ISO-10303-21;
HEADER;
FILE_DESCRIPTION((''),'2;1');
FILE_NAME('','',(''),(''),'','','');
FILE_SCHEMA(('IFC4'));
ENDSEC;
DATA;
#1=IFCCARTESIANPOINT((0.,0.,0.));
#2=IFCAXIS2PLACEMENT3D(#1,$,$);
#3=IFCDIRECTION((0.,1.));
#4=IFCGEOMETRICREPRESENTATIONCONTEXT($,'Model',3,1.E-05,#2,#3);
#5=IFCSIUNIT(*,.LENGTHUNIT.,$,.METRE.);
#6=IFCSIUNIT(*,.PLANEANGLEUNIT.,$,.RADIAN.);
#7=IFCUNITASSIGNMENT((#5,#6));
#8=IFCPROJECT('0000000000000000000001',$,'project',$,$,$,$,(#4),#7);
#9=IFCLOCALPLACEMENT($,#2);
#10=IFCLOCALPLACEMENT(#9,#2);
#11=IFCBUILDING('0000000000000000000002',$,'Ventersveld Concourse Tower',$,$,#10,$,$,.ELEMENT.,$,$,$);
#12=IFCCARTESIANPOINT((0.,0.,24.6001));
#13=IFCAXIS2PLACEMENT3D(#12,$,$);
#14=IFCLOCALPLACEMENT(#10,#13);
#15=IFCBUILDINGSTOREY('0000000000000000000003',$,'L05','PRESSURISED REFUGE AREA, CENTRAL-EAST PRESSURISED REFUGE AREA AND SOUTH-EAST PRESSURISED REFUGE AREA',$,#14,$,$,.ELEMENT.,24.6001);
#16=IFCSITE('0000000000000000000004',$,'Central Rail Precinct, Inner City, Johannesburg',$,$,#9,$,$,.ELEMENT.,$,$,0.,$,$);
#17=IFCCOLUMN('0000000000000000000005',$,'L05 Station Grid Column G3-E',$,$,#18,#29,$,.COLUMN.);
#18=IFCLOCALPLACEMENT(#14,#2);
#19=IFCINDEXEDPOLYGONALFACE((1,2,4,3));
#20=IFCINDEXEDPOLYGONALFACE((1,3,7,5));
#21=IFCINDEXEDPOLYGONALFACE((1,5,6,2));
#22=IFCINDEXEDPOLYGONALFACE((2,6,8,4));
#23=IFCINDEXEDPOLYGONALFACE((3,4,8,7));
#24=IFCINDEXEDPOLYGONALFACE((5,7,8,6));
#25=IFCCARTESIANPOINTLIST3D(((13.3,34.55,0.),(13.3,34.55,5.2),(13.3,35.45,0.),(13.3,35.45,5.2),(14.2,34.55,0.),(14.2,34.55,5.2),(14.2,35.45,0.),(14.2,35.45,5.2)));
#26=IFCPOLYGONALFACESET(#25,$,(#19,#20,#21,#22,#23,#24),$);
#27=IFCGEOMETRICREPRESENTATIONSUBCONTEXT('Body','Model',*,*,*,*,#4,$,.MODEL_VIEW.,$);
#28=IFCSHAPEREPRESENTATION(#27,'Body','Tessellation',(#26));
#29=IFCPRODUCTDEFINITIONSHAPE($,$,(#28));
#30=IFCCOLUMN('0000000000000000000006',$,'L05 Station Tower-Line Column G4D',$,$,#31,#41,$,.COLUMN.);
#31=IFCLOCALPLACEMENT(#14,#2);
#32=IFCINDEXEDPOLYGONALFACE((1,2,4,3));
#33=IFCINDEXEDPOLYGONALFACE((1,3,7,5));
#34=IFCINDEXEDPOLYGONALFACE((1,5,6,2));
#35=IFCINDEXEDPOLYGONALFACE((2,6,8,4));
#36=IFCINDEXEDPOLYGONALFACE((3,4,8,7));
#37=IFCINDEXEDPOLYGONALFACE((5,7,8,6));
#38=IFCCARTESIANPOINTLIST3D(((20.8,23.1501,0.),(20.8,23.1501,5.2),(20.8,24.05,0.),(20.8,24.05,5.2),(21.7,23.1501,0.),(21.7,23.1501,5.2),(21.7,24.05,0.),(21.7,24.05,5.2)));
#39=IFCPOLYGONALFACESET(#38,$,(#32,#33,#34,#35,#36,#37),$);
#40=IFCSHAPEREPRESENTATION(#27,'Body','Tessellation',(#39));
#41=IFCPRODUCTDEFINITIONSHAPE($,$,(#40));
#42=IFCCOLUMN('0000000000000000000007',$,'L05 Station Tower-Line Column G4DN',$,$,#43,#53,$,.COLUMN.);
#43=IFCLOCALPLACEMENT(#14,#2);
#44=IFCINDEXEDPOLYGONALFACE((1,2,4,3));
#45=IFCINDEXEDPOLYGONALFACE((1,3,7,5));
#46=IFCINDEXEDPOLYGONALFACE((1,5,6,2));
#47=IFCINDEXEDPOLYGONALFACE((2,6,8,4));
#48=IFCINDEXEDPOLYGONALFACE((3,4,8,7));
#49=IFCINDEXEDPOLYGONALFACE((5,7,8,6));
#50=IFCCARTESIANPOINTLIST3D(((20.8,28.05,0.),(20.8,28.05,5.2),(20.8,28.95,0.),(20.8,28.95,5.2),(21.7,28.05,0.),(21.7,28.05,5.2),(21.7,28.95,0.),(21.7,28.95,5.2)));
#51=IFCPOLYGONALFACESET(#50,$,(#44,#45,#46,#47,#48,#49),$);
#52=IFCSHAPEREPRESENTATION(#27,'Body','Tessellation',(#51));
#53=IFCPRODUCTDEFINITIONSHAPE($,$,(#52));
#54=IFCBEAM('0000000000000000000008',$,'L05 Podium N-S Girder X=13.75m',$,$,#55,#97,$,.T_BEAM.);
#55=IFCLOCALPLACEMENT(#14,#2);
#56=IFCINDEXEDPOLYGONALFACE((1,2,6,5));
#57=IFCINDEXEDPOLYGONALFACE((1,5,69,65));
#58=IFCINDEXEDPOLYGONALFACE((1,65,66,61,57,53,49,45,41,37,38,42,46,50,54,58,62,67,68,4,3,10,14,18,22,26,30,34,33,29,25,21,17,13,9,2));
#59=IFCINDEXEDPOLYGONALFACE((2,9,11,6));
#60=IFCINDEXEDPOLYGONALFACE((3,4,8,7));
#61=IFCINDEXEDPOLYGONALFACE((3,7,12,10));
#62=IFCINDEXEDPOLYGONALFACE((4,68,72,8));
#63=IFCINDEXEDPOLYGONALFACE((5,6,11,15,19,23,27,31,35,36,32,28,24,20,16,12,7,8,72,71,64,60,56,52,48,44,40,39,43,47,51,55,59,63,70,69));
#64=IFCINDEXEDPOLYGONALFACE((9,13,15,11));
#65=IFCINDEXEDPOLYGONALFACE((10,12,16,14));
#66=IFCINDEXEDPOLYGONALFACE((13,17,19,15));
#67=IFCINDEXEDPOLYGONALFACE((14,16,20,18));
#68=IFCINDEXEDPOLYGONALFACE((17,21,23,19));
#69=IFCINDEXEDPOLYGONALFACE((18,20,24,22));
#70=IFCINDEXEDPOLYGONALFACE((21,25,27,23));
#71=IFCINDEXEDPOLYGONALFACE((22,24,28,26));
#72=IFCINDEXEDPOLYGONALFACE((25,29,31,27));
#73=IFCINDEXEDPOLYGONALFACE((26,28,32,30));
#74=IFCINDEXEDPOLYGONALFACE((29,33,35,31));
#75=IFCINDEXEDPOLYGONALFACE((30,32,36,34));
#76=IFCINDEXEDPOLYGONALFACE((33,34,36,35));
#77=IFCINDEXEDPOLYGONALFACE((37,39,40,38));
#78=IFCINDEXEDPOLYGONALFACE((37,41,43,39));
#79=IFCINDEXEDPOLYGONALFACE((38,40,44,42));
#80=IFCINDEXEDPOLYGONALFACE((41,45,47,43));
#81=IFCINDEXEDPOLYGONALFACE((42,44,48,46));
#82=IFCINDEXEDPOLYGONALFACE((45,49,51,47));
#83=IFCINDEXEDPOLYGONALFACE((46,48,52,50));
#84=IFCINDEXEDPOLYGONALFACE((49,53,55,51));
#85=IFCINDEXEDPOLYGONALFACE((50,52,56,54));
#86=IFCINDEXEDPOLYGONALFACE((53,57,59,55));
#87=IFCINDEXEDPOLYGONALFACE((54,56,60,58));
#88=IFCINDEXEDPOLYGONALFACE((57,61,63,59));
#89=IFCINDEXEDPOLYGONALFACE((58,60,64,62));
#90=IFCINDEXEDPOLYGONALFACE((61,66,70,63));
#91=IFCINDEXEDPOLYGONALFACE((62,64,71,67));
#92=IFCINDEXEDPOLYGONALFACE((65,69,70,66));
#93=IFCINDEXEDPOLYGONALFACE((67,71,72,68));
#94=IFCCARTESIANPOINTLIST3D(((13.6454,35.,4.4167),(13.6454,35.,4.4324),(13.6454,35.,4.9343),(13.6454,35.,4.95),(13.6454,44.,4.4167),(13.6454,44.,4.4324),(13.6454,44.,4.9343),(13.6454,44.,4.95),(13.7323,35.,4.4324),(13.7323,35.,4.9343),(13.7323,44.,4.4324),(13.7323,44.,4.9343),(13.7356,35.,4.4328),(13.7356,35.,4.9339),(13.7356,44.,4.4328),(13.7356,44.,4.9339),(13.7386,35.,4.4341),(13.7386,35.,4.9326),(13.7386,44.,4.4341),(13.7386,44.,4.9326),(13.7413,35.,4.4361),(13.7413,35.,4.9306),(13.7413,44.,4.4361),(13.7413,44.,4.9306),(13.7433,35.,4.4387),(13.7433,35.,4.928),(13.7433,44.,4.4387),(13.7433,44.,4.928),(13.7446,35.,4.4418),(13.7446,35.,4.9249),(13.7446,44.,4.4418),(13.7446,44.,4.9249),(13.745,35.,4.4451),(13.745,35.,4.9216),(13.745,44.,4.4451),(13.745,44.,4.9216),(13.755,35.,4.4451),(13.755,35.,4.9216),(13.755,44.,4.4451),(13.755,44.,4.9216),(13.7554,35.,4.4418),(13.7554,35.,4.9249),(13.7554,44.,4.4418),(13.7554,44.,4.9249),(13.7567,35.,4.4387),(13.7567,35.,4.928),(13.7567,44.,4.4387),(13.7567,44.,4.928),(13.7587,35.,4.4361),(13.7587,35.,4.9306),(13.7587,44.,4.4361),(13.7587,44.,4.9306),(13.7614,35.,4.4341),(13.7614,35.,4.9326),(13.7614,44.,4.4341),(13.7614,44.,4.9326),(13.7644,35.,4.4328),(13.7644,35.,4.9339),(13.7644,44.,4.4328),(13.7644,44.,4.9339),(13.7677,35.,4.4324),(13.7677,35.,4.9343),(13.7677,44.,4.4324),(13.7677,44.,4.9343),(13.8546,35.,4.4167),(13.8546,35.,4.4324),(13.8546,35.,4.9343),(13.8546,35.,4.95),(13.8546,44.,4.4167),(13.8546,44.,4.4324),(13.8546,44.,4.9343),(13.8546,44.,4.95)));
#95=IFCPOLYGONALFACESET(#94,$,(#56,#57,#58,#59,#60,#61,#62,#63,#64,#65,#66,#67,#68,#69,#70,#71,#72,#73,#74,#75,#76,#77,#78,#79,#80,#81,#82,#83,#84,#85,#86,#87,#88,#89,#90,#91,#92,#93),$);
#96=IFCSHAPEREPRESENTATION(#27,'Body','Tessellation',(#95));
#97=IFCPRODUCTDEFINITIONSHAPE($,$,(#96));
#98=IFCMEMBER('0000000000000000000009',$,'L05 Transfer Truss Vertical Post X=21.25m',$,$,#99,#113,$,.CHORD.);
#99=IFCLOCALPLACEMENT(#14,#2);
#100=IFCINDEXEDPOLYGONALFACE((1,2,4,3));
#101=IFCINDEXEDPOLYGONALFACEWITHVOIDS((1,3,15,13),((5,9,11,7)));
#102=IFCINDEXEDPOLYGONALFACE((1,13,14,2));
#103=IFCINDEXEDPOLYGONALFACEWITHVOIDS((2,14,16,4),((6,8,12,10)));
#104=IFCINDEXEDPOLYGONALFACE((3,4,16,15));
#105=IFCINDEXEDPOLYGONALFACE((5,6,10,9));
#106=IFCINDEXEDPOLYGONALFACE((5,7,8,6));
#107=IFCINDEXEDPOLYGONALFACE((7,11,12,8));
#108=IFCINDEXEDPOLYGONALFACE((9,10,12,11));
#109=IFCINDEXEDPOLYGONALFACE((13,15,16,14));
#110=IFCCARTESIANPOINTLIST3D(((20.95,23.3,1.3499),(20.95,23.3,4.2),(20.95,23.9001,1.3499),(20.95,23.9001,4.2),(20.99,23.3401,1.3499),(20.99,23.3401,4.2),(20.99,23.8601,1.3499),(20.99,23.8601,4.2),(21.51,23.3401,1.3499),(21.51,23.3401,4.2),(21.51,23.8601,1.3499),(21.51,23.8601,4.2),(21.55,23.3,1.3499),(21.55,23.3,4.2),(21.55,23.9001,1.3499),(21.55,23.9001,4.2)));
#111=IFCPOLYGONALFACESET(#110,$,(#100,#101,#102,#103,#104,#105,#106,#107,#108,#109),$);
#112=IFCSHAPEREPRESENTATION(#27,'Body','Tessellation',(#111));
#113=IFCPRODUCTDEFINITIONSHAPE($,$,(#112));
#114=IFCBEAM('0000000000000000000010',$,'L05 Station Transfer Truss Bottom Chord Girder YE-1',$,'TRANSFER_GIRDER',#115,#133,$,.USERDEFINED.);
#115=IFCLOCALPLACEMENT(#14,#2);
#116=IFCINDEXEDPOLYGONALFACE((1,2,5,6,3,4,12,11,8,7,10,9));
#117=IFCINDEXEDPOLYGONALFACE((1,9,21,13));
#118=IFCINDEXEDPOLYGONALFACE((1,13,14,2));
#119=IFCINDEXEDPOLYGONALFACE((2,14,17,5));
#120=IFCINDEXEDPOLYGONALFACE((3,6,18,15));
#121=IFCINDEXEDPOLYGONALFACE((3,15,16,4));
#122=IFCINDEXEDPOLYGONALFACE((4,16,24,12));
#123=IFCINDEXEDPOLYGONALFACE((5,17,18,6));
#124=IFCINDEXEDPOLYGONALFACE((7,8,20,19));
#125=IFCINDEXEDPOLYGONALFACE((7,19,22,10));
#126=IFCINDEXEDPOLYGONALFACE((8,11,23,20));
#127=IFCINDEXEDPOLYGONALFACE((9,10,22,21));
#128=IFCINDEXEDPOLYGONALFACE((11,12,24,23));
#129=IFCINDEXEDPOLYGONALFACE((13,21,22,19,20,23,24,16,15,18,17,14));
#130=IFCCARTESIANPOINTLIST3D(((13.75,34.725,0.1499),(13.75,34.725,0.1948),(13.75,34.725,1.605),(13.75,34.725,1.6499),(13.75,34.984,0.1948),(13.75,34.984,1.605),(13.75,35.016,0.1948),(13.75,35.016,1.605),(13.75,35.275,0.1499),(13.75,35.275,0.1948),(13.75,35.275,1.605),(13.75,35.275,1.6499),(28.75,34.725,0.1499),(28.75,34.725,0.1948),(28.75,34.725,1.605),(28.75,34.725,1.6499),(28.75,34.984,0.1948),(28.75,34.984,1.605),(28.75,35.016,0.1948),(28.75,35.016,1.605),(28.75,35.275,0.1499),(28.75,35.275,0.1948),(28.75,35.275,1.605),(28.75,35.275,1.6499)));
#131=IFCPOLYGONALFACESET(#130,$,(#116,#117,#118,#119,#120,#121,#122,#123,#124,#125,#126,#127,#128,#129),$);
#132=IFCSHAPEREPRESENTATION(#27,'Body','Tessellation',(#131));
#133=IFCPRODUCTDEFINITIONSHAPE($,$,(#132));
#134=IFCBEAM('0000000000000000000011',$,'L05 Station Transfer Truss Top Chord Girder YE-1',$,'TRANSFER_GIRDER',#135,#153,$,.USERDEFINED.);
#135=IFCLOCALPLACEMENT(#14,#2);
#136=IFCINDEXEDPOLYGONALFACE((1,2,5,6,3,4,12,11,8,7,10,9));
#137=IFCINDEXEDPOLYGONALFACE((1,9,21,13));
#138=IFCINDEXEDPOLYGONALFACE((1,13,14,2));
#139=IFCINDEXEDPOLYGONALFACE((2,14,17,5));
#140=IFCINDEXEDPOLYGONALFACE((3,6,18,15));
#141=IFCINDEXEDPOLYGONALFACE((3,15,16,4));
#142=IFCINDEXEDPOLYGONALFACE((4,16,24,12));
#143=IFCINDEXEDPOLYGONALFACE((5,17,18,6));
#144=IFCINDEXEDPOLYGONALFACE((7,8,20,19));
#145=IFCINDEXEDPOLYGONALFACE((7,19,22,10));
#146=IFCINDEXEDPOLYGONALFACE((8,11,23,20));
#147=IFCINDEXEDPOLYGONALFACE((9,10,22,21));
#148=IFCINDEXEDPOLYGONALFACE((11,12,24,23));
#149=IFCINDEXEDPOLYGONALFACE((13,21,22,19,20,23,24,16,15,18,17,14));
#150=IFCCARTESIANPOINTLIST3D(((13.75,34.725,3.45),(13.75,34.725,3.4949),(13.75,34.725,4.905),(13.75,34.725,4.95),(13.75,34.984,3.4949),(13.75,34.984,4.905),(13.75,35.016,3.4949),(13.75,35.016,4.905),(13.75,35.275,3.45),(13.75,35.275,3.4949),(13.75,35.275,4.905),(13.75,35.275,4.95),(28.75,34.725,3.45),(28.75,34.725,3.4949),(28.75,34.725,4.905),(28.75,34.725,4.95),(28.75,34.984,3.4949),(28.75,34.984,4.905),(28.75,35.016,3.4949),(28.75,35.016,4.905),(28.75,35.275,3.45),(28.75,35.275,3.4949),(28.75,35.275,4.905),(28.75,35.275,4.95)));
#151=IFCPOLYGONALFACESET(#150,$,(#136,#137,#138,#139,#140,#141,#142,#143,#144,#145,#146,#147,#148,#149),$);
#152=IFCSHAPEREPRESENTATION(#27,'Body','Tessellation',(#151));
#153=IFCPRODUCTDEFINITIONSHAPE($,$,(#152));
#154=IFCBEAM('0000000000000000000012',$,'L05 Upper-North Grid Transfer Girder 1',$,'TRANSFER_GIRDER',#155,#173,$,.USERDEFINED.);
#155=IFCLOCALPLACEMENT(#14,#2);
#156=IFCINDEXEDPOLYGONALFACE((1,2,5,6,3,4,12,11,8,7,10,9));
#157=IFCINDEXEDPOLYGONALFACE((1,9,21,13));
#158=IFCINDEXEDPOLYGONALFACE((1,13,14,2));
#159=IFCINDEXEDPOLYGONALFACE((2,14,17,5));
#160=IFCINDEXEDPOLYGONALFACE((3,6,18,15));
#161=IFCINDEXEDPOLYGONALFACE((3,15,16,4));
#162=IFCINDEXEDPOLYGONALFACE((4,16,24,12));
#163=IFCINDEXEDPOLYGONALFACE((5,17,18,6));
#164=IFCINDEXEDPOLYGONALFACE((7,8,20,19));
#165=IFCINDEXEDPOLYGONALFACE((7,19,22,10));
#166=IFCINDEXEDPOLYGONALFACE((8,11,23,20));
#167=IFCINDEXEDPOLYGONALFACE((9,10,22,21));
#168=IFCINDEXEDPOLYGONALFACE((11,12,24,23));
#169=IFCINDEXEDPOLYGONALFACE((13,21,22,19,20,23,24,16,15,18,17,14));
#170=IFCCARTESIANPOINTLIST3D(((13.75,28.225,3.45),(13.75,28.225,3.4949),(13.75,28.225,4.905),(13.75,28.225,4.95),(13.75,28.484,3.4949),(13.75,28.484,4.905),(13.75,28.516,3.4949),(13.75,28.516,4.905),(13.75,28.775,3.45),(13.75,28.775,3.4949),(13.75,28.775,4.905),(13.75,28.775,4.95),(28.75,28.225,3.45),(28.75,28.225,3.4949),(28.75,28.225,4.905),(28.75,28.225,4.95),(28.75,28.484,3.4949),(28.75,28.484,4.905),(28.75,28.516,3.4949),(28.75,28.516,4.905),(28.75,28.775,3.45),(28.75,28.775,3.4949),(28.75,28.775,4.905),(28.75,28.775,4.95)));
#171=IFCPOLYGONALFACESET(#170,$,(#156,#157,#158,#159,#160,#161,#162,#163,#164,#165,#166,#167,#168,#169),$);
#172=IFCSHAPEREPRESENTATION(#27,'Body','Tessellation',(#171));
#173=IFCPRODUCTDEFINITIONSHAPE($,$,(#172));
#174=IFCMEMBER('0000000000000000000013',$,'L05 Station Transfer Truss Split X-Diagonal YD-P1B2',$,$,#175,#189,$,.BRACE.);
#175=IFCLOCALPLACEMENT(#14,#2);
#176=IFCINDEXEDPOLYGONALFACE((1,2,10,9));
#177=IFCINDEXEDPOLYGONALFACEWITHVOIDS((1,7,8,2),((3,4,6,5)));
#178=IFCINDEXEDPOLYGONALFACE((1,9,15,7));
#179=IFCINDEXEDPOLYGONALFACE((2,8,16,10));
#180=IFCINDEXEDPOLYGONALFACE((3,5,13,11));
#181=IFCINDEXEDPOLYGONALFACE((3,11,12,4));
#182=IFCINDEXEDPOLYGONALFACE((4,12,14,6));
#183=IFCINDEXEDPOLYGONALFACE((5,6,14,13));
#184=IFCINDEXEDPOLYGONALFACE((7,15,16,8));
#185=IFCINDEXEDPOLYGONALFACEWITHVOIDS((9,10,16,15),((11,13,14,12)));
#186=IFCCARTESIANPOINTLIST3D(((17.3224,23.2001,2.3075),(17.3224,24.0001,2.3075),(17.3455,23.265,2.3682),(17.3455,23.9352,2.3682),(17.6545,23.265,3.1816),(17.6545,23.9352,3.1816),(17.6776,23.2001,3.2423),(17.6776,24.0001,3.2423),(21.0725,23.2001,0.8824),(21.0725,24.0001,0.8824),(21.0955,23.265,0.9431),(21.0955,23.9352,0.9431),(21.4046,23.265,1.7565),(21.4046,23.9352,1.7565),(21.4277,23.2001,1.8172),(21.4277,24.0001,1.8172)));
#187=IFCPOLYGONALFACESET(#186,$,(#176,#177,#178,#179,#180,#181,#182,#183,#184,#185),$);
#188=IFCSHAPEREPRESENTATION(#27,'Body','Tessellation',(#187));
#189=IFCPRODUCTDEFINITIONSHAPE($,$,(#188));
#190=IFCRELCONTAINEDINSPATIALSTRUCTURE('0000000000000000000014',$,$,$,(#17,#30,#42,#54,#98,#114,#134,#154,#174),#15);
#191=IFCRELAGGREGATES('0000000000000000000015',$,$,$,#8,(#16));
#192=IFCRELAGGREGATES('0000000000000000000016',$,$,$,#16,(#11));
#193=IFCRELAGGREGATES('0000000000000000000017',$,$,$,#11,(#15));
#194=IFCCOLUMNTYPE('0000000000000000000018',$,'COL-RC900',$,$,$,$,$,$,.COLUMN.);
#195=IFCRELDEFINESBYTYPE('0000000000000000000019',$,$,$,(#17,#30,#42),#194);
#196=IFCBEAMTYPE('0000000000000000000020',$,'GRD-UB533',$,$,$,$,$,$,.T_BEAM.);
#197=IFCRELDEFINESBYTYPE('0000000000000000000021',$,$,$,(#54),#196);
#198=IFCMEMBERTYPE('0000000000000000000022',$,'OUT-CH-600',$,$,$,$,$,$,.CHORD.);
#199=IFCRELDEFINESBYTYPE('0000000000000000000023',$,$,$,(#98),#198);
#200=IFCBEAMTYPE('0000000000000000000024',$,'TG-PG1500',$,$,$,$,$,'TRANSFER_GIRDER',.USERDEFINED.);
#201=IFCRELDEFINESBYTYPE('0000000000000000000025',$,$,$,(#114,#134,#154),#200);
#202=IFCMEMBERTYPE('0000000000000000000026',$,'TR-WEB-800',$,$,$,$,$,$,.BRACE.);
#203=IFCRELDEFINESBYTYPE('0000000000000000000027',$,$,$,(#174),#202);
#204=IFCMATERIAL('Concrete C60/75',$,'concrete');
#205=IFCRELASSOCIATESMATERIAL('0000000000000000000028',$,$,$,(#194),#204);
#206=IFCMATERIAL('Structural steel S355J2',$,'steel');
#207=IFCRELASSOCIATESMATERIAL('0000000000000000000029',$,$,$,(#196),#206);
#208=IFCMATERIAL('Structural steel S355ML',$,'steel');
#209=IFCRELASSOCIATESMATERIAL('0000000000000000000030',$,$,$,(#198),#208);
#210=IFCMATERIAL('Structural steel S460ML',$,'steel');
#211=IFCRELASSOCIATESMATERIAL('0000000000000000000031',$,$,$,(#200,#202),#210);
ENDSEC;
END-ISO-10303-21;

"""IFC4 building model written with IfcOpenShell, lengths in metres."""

from ifc_helpers import new_model, si_unit, direction, frame, origin, origin_2d, place, context, subcontext, project, spatial, rectangle, hollow_rectangle, i_section, extrude, material, material_profile, profile_set, type_object, element, save


model = new_model("IFC4")

# Units and contexts
model_context = context("Model", 3, precision=1e-05, world=origin(), true_north=direction((0.0, 1.0)))
body_context = subcontext(model_context, "Body", "Model", "MODEL_VIEW")
ifc_project = project(units=[si_unit("LENGTHUNIT", "METRE"), si_unit("PLANEANGLEUNIT", "RADIAN")], contexts=[model_context])

# Site, building, storey
site_placement = place(None, origin())
site = spatial("IfcSite", under=ifc_project, at=site_placement, Name="Central Rail Precinct, Inner City, Johannesburg", CompositionType="ELEMENT", RefElevation=0.0)
building_placement = place(site_placement, origin())
building = spatial("IfcBuilding", under=site, at=building_placement, Name="Ventersveld Concourse Tower", CompositionType="ELEMENT")
storey_placement = place(building_placement, frame((0.0, 0.0, 24.6001)))
storey = spatial("IfcBuildingStorey", under=building, at=storey_placement, Name="L05", Description="PRESSURISED REFUGE AREA, CENTRAL-EAST PRESSURISED REFUGE AREA AND SOUTH-EAST PRESSURISED REFUGE AREA", CompositionType="ELEMENT", Elevation=24.6001)

# Columns
ifc_material_1 = material(Name="Concrete C60/75", Category="concrete")
ifc_material_profile_1 = material_profile(ifc_material_1, rectangle(XDim=0.8999, YDim=0.8999, at=origin_2d()), Name="RC 900x900")
ifc_profile_set_1 = profile_set([ifc_material_profile_1], Name="Concrete C60/75")
column_type = type_object("IfcColumnType", Name="COL-RC900", PredefinedType="COLUMN", material=ifc_profile_set_1)
for number, where, z_axis, x_axis, name in (
    (1, (13.75, 35.0, 0.0), (0.0, 0.0, 1.0), (1.0, 0.0, 0.0), "L05 Station Grid Column G3-E"),
    (2, (21.25, 23.6001, 0.0), (0.0, 0.0, 1.0), (1.0, 0.0, 0.0), "L05 Station Tower-Line Column G4D"),
    (3, (21.25, 28.5, 0.0), (0.0, 0.0, 1.0), (1.0, 0.0, 0.0), "L05 Station Tower-Line Column G4DN"),
):
    element("IfcColumn", number, at=place(storey_placement, frame(where, z_axis=z_axis, x_axis=x_axis)), inside=storey, type_object=column_type, Name=name, PredefinedType="COLUMN", context=body_context, shape_type="SweptSolid", body=[
        extrude(rectangle(XDim=0.8999, YDim=0.8999, at=origin_2d()), origin(), (0.0, 0.0, 1.0), 5.2),
    ])

# Beam
ifc_material_2 = material(Name="Structural steel S355J2", Category="steel")
ifc_material_profile_2 = material_profile(ifc_material_2, i_section(OverallWidth=0.2092, OverallDepth=0.5332, WebThickness=0.01, FlangeThickness=0.0156, FilletRadius=0.0127, at=origin_2d()), Name="UB 533x210x92")
ifc_profile_set_2 = profile_set([ifc_material_profile_2], Name="Structural steel S355J2")
beam_type_1 = type_object("IfcBeamType", Name="GRD-UB533", PredefinedType="T_BEAM", material=ifc_profile_set_2)
beam_placement = place(storey_placement, frame((13.75, 35.0, 4.6833), z_axis=(0.0, 1.0, 0.0), x_axis=(-1.0, 0.0, 0.0)))
element("IfcBeam", 4, at=beam_placement, inside=storey, type_object=beam_type_1, Name="L05 Podium N-S Girder X=13.75m", PredefinedType="T_BEAM", context=body_context, shape_type="SweptSolid", body=[
    extrude(i_section(OverallWidth=0.2092, OverallDepth=0.5332, WebThickness=0.01, FlangeThickness=0.0156, FilletRadius=0.0127, at=origin_2d()), origin(), (0.0, 0.0, 1.0), 9.0),
])

# Member
ifc_material_3 = material(Name="Structural steel S355ML", Category="steel")
ifc_material_profile_3 = material_profile(ifc_material_3, hollow_rectangle(XDim=0.6001, YDim=0.6001, WallThickness=0.04, at=origin_2d()), Name="BOX 600x600x40")
ifc_profile_set_3 = profile_set([ifc_material_profile_3], Name="Structural steel S355ML")
member_type_1 = type_object("IfcMemberType", Name="OUT-CH-600", PredefinedType="CHORD", material=ifc_profile_set_3)
member_1_placement = place(storey_placement, frame((21.25, 23.6001, 1.3499), z_axis=(0.0, 0.0, 1.0), x_axis=(1.0, 0.0, 0.0)))
element("IfcMember", 5, at=member_1_placement, inside=storey, type_object=member_type_1, Name="L05 Transfer Truss Vertical Post X=21.25m", PredefinedType="CHORD", context=body_context, shape_type="SweptSolid", body=[
    extrude(hollow_rectangle(XDim=0.6001, YDim=0.6001, WallThickness=0.04, at=origin_2d()), origin(), (0.0, 0.0, 1.0), 2.8501),
])

# Beams
ifc_material_4 = material(Name="Structural steel S460ML", Category="steel")
ifc_material_profile_4 = material_profile(ifc_material_4, i_section(OverallWidth=0.55, OverallDepth=1.5, WebThickness=0.032, FlangeThickness=0.0449, at=origin_2d()), Name="PG 1500x550x45")
ifc_profile_set_4 = profile_set([ifc_material_profile_4], Name="Structural steel S460ML")
beam_type_2 = type_object("IfcBeamType", Name="TG-PG1500", ElementType="TRANSFER_GIRDER", PredefinedType="USERDEFINED", material=ifc_profile_set_4)
for number, where, z_axis, x_axis, name in (
    (6, (13.75, 35.0, 0.8999), (1.0, 0.0, 0.0), (0.0, 1.0, 0.0), "L05 Station Transfer Truss Bottom Chord Girder YE-1"),
    (7, (13.75, 35.0, 4.2), (1.0, 0.0, 0.0), (0.0, 1.0, 0.0), "L05 Station Transfer Truss Top Chord Girder YE-1"),
    (8, (13.75, 28.5, 4.2), (1.0, 0.0, 0.0), (0.0, 1.0, 0.0), "L05 Upper-North Grid Transfer Girder 1"),
):
    element("IfcBeam", number, at=place(storey_placement, frame(where, z_axis=z_axis, x_axis=x_axis)), inside=storey, type_object=beam_type_2, Name=name, ObjectType="TRANSFER_GIRDER", PredefinedType="USERDEFINED", context=body_context, shape_type="SweptSolid", body=[
        extrude(i_section(OverallWidth=0.55, OverallDepth=1.5, WebThickness=0.032, FlangeThickness=0.0449, at=origin_2d()), origin(), (0.0, 0.0, 1.0), 15.0),
    ])

# Member
ifc_material_profile_5 = material_profile(ifc_material_4, hollow_rectangle(XDim=0.8, YDim=1.0, WallThickness=0.0649, at=origin_2d()), Name="BOX 1000x800x65")
ifc_profile_set_5 = profile_set([ifc_material_profile_5], Name="Structural steel S460ML")
member_type_2 = type_object("IfcMemberType", Name="TR-WEB-800", PredefinedType="BRACE", material=ifc_profile_set_5)
member_2_placement = place(storey_placement, frame((17.5, 23.6001, 2.7749), z_axis=(0.93478, 0.0, -0.355228), x_axis=(0.0, 1.0, 0.0)))
element("IfcMember", 9, at=member_2_placement, inside=storey, type_object=member_type_2, Name="L05 Station Transfer Truss Split X-Diagonal YD-P1B2", PredefinedType="BRACE", context=body_context, shape_type="SweptSolid", body=[
    extrude(hollow_rectangle(XDim=0.8, YDim=1.0, WallThickness=0.0649, at=origin_2d()), origin(), (0.0, 0.0, 1.0), 4.0117),
])

save(model, "model.ifc")
